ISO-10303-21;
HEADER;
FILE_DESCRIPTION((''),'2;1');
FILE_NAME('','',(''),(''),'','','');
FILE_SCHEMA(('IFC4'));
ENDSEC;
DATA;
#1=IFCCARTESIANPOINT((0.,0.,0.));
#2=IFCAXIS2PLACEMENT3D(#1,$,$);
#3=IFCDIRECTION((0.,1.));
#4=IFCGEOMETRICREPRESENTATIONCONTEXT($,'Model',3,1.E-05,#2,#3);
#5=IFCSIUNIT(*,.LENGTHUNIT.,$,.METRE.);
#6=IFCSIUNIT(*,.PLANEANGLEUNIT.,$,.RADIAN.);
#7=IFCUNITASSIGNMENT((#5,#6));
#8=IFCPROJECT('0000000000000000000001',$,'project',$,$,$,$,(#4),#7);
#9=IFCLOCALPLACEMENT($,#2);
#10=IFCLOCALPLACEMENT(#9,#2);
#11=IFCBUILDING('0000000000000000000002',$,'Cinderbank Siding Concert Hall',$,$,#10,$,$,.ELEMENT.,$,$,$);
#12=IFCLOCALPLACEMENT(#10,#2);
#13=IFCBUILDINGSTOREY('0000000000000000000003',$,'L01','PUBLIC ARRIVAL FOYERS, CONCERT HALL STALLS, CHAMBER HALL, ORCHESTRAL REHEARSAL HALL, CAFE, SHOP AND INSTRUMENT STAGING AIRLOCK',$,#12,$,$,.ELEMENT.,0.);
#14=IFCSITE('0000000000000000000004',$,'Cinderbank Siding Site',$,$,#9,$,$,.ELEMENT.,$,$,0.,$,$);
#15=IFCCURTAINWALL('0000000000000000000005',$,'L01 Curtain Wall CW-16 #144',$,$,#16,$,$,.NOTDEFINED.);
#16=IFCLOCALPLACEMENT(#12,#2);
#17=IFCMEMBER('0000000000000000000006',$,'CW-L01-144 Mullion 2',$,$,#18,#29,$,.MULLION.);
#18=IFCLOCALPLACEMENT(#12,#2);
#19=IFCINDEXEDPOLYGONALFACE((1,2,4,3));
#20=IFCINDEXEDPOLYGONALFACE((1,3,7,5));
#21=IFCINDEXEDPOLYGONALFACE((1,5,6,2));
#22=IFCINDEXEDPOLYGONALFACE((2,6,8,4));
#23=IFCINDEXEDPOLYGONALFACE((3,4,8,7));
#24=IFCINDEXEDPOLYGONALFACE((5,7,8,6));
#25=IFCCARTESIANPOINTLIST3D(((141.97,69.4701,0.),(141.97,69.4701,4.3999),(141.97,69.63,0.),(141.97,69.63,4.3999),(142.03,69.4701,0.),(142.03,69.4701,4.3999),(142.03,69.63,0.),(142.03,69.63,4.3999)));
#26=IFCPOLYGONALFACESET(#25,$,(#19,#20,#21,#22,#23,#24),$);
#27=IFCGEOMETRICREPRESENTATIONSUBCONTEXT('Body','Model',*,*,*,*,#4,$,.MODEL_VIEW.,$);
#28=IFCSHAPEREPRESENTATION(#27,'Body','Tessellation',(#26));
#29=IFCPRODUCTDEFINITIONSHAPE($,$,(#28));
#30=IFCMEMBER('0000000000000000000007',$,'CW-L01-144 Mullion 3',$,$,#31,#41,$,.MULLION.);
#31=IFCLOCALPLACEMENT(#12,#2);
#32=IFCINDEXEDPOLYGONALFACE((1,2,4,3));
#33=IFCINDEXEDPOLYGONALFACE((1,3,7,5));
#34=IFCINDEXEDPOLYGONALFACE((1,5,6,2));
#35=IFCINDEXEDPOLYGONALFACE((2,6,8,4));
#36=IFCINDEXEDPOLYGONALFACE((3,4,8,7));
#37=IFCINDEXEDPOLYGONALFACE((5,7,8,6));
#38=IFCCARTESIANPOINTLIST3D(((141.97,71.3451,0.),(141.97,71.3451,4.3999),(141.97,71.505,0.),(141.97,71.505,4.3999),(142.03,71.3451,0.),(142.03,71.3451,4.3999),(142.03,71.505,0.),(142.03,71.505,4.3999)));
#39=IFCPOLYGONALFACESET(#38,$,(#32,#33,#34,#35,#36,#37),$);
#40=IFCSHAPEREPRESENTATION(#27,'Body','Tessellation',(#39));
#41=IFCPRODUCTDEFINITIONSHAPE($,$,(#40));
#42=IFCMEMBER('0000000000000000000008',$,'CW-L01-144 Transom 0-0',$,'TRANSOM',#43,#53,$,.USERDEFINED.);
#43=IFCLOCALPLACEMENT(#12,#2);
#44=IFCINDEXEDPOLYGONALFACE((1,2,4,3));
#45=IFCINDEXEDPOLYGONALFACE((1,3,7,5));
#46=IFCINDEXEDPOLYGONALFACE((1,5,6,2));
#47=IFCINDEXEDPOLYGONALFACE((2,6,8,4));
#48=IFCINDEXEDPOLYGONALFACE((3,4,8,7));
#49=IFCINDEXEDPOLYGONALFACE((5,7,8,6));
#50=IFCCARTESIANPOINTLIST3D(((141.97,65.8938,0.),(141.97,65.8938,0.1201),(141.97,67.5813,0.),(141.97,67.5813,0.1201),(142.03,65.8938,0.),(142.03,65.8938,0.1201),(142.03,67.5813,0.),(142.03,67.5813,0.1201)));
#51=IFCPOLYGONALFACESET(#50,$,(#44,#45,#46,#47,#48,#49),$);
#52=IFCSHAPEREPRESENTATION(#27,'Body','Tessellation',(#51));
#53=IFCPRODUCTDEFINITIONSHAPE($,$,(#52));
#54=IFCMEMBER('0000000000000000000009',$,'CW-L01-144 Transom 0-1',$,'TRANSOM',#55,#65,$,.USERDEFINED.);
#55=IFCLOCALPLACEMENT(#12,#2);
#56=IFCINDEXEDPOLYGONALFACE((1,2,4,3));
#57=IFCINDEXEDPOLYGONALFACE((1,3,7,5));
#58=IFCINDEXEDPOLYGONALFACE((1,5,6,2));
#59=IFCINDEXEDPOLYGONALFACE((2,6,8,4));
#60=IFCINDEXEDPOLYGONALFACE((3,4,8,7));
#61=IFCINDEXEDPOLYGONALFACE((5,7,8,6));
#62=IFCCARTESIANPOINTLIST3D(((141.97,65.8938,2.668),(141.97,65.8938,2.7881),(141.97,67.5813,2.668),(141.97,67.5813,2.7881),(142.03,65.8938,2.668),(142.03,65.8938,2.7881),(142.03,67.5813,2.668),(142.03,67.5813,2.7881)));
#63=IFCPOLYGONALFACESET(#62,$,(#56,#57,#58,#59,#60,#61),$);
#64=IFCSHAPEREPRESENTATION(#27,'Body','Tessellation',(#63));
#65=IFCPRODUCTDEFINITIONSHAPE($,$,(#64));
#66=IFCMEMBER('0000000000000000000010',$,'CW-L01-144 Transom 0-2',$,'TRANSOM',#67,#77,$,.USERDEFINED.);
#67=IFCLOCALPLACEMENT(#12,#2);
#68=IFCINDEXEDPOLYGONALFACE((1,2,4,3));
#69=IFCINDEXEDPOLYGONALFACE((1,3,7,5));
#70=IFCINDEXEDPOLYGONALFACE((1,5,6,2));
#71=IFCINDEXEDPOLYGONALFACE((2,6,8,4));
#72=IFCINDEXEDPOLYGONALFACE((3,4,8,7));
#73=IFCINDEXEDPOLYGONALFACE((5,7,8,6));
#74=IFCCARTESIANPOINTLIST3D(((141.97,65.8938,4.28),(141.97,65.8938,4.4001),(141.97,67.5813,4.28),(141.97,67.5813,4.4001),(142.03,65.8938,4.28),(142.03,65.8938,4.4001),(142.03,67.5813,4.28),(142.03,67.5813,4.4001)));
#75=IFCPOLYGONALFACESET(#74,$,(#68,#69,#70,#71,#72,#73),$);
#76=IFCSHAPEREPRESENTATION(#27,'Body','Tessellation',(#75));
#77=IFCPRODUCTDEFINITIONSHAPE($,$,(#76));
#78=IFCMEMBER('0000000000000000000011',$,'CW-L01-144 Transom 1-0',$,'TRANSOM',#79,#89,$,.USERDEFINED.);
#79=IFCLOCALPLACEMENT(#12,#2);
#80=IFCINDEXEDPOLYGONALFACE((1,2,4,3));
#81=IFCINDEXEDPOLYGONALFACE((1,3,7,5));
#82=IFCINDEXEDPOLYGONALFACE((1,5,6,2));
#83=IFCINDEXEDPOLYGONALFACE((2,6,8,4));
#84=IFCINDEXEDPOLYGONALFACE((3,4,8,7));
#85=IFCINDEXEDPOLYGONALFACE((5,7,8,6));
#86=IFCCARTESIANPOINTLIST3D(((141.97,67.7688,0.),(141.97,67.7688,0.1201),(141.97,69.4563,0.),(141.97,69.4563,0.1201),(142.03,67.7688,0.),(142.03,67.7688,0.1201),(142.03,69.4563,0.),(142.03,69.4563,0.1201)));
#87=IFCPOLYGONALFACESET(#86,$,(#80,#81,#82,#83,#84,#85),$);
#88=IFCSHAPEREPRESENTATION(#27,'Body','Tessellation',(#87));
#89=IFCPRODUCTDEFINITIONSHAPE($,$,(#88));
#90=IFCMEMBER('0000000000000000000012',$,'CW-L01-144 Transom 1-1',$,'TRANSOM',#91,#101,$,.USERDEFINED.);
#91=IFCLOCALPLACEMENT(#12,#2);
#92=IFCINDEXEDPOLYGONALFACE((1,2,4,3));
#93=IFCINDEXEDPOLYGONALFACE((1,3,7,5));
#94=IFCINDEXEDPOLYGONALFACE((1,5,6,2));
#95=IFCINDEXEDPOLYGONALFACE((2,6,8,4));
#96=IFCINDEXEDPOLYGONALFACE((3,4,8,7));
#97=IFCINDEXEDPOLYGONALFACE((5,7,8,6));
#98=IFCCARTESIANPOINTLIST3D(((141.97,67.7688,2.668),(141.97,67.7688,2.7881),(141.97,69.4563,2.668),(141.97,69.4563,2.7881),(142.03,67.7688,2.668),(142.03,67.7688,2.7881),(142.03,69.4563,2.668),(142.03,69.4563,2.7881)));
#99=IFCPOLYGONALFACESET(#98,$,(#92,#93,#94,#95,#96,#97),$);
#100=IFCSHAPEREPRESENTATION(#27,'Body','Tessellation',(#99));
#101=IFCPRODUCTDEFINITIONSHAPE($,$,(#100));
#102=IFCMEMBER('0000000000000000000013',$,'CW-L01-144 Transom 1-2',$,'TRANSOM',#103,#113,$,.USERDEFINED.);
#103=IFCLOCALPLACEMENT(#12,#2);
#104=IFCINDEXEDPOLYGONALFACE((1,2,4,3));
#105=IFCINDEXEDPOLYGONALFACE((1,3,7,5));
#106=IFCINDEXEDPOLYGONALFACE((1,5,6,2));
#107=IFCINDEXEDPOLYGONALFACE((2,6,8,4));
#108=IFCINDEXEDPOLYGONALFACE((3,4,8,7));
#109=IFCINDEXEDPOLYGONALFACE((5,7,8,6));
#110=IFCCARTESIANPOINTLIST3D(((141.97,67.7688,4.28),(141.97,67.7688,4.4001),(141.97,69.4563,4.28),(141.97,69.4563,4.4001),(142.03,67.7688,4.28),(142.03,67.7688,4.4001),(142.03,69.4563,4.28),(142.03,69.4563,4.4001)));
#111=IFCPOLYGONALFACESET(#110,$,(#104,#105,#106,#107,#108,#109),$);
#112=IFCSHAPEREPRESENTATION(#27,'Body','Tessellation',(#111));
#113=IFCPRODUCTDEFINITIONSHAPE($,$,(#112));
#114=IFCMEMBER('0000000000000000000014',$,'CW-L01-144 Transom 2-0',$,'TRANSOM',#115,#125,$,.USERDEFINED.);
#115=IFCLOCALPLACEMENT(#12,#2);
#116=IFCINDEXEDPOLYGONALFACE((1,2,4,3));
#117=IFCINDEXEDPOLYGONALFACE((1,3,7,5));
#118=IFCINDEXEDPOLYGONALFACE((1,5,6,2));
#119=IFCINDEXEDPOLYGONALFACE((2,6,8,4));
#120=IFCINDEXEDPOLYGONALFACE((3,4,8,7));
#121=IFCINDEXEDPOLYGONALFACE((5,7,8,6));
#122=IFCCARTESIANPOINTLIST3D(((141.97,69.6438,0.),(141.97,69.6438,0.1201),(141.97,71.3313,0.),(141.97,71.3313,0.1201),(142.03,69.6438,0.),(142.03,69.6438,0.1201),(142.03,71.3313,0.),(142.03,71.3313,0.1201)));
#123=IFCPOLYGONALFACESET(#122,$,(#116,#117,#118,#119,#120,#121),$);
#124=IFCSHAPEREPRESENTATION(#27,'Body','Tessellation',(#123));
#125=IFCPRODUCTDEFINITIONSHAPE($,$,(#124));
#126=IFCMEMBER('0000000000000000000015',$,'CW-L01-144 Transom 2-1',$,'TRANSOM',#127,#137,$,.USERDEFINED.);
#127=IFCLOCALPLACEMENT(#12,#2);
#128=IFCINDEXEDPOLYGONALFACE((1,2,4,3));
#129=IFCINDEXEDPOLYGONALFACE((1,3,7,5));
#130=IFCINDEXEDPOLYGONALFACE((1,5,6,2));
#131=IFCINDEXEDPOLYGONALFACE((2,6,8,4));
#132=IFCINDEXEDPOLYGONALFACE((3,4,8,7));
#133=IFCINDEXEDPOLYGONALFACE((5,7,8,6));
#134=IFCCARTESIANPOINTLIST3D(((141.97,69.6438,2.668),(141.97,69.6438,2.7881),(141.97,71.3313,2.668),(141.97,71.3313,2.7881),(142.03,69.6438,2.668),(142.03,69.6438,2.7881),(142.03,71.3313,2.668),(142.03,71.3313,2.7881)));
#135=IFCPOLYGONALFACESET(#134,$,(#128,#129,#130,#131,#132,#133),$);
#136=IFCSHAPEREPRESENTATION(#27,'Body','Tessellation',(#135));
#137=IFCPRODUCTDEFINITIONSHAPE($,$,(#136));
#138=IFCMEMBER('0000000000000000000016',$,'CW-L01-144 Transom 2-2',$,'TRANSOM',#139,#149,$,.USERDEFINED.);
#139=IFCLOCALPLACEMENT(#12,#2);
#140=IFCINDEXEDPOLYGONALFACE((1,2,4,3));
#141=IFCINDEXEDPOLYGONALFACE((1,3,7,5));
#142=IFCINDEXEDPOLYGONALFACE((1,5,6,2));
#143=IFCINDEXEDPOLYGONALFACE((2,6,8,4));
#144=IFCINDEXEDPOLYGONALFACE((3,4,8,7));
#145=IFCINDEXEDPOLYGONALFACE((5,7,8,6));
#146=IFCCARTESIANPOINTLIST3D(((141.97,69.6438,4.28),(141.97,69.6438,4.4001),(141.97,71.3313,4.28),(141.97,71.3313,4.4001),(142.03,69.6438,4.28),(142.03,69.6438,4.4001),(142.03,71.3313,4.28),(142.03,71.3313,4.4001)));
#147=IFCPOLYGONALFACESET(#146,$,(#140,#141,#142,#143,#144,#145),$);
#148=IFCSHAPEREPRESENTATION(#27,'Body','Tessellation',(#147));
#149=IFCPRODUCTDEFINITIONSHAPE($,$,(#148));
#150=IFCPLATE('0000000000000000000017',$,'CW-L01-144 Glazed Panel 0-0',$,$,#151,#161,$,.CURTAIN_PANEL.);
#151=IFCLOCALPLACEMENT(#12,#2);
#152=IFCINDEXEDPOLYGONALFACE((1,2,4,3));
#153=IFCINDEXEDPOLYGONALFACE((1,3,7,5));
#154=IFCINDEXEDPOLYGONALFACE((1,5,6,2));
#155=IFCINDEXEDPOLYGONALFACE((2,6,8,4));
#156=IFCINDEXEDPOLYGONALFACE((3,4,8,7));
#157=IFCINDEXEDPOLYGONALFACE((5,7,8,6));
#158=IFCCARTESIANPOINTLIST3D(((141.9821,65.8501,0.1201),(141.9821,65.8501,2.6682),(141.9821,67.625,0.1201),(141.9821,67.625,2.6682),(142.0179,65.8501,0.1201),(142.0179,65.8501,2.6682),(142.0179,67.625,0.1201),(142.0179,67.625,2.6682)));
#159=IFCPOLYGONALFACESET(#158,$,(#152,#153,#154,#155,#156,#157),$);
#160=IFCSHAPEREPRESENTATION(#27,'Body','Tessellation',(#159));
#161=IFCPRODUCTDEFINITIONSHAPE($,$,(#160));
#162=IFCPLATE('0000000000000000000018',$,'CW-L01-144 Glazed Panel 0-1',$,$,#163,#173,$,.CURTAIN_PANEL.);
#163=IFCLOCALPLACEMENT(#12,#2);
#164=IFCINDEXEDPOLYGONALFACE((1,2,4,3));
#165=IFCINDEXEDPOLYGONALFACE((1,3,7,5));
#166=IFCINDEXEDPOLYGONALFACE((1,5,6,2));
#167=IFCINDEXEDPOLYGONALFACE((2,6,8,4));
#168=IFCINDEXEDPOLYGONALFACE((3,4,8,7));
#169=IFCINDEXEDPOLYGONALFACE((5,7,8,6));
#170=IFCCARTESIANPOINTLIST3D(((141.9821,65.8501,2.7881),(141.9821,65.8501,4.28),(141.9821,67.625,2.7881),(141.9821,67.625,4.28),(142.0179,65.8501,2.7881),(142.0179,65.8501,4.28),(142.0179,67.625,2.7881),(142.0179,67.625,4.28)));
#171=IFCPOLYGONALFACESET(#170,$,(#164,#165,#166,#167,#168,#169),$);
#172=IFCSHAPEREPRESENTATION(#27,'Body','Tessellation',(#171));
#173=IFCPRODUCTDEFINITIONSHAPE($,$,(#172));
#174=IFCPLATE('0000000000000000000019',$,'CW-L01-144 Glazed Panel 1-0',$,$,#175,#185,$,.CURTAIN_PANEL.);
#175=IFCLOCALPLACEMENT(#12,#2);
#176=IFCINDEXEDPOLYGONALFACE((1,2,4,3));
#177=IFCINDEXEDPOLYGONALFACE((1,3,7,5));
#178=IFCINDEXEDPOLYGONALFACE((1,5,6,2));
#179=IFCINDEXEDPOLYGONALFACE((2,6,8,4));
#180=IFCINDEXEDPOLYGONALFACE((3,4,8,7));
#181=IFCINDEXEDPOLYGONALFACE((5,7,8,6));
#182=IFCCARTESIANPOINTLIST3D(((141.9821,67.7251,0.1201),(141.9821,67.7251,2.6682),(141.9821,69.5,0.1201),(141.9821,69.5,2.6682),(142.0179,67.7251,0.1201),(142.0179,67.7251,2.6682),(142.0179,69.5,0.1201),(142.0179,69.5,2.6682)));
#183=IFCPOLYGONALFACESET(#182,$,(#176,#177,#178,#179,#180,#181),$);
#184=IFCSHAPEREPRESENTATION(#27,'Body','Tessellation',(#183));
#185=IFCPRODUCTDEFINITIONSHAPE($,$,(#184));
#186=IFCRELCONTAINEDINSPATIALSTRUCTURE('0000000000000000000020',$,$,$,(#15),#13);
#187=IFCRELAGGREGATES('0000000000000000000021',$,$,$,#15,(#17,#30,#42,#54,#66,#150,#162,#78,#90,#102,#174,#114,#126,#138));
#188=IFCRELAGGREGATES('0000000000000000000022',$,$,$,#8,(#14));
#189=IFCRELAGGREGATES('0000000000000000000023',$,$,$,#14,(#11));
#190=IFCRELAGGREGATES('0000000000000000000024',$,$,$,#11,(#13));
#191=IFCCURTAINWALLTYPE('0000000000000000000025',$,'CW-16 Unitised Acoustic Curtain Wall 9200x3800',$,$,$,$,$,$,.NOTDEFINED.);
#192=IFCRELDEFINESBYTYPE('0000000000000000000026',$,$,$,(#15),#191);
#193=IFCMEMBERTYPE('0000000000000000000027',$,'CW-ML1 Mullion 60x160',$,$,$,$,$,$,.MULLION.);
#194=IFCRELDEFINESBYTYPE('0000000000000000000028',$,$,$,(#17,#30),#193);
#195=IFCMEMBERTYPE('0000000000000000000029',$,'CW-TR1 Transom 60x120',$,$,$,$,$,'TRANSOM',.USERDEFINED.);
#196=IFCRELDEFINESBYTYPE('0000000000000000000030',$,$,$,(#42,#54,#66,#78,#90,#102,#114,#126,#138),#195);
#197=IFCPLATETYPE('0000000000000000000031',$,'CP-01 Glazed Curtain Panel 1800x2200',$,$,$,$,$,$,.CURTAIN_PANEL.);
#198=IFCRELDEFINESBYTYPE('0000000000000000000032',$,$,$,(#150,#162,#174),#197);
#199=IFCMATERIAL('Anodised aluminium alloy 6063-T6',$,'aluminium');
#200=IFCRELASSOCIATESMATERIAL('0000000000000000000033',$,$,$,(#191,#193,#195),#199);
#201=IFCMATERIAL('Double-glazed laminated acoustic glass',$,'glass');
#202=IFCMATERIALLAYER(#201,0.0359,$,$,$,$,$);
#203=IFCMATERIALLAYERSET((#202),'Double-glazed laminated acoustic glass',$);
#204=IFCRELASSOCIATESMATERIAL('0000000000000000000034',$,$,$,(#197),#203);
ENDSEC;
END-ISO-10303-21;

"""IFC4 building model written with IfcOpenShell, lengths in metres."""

from ifc_helpers import new_model, si_unit, direction, frame, origin, origin_2d, place, context, subcontext, project, spatial, rectangle, extrude, material, layer, layer_set, material_profile, profile_set, type_object, element, aggregate, save


model = new_model("IFC4")

# Units and contexts
model_context = context("Model", 3, precision=1e-05, world=origin(), true_north=direction((0.0, 1.0)))
body_context = subcontext(model_context, "Body", "Model", "MODEL_VIEW")
ifc_project = project(units=[si_unit("LENGTHUNIT", "METRE"), si_unit("PLANEANGLEUNIT", "RADIAN")], contexts=[model_context])

# Site, building, storey
site_placement = place(None, origin())
site = spatial("IfcSite", under=ifc_project, at=site_placement, Name="Cinderbank Siding Site", CompositionType="ELEMENT", RefElevation=0.0)
building_placement = place(site_placement, origin())
building = spatial("IfcBuilding", under=site, at=building_placement, Name="Cinderbank Siding Concert Hall", CompositionType="ELEMENT")
storey_placement = place(building_placement, origin())
storey = spatial("IfcBuildingStorey", under=building, at=storey_placement, Name="L01", Description="PUBLIC ARRIVAL FOYERS, CONCERT HALL STALLS, CHAMBER HALL, ORCHESTRAL REHEARSAL HALL, CAFE, SHOP AND INSTRUMENT STAGING AIRLOCK", CompositionType="ELEMENT", Elevation=0.0)

# Curtain wall, members, plates
ifc_material_1 = material(Name="Anodised aluminium alloy 6063-T6", Category="aluminium")
curtain_wall_type = type_object("IfcCurtainWallType", Name="CW-16 Unitised Acoustic Curtain Wall 9200x3800", PredefinedType="NOTDEFINED", material=ifc_material_1)
curtain_wall_placement = place(storey_placement, origin())
curtain_wall = element("IfcCurtainWall", 1, at=curtain_wall_placement, inside=storey, type_object=curtain_wall_type, Name="L01 Curtain Wall CW-16 #144", PredefinedType="NOTDEFINED")
ifc_material_profile_1 = material_profile(ifc_material_1, rectangle(XDim=0.0601, YDim=0.1599, at=origin_2d()), Name="ALU-MULL-60x160", Category="LoadBearing")
ifc_profile_set_1 = profile_set([ifc_material_profile_1], Name="Anodised aluminium alloy 6063-T6")
member_type_1 = type_object("IfcMemberType", Name="CW-ML1 Mullion 60x160", PredefinedType="MULLION", material=ifc_profile_set_1)
member_1_placement = place(storey_placement, frame((142.0, 69.55, 0.0), z_axis=(0.0, 0.0, 1.0), x_axis=(1.0, 0.0, 0.0)))
member_1 = element("IfcMember", 2, at=member_1_placement, type_object=member_type_1, Name="CW-L01-144 Mullion 2", PredefinedType="MULLION", context=body_context, shape_type="SweptSolid", body=[
    extrude(rectangle(XDim=0.0601, YDim=0.1599, at=origin_2d()), origin(), (0.0, 0.0, 1.0), 4.3999),
])
member_2_placement = place(storey_placement, frame((142.0, 71.425, 0.0), z_axis=(0.0, 0.0, 1.0), x_axis=(1.0, 0.0, 0.0)))
member_2 = element("IfcMember", 3, at=member_2_placement, type_object=member_type_1, Name="CW-L01-144 Mullion 3", PredefinedType="MULLION", context=body_context, shape_type="SweptSolid", body=[
    extrude(rectangle(XDim=0.0601, YDim=0.1599, at=origin_2d()), origin(), (0.0, 0.0, 1.0), 4.3999),
])
ifc_material_profile_2 = material_profile(ifc_material_1, rectangle(XDim=0.0601, YDim=0.1201, at=origin_2d()), Name="ALU-TRAN-60x120", Category="LoadBearing")
ifc_profile_set_2 = profile_set([ifc_material_profile_2], Name="Anodised aluminium alloy 6063-T6")
member_type_2 = type_object("IfcMemberType", Name="CW-TR1 Transom 60x120", ElementType="TRANSOM", PredefinedType="USERDEFINED", material=ifc_profile_set_2)
member_3_placement = place(storey_placement, frame((142.0, 65.8938, 0.0601), z_axis=(0.0, 1.0, 0.0), x_axis=(-1.0, 0.0, 0.0)))
member_3 = element("IfcMember", 4, at=member_3_placement, type_object=member_type_2, Name="CW-L01-144 Transom 0-0", ObjectType="TRANSOM", PredefinedType="USERDEFINED", context=body_context, shape_type="SweptSolid", body=[
    extrude(rectangle(XDim=0.0601, YDim=0.1201, at=origin_2d()), origin(), (0.0, 0.0, 1.0), 1.6875),
])
member_4_placement = place(storey_placement, frame((142.0, 65.8938, 2.728), z_axis=(0.0, 1.0, 0.0), x_axis=(-1.0, 0.0, 0.0)))
member_4 = element("IfcMember", 5, at=member_4_placement, type_object=member_type_2, Name="CW-L01-144 Transom 0-1", ObjectType="TRANSOM", PredefinedType="USERDEFINED", context=body_context, shape_type="SweptSolid", body=[
    extrude(rectangle(XDim=0.0601, YDim=0.1201, at=origin_2d()), origin(), (0.0, 0.0, 1.0), 1.6875),
])
member_5_placement = place(storey_placement, frame((142.0, 65.8938, 4.3401), z_axis=(0.0, 1.0, 0.0), x_axis=(-1.0, 0.0, 0.0)))
member_5 = element("IfcMember", 6, at=member_5_placement, type_object=member_type_2, Name="CW-L01-144 Transom 0-2", ObjectType="TRANSOM", PredefinedType="USERDEFINED", context=body_context, shape_type="SweptSolid", body=[
    extrude(rectangle(XDim=0.0601, YDim=0.1201, at=origin_2d()), origin(), (0.0, 0.0, 1.0), 1.6875),
])
member_6_placement = place(storey_placement, frame((142.0, 67.7688, 0.0601), z_axis=(0.0, 1.0, 0.0), x_axis=(-1.0, 0.0, 0.0)))
member_6 = element("IfcMember", 7, at=member_6_placement, type_object=member_type_2, Name="CW-L01-144 Transom 1-0", ObjectType="TRANSOM", PredefinedType="USERDEFINED", context=body_context, shape_type="SweptSolid", body=[
    extrude(rectangle(XDim=0.0601, YDim=0.1201, at=origin_2d()), origin(), (0.0, 0.0, 1.0), 1.6875),
])
member_7_placement = place(storey_placement, frame((142.0, 67.7688, 2.728), z_axis=(0.0, 1.0, 0.0), x_axis=(-1.0, 0.0, 0.0)))
member_7 = element("IfcMember", 8, at=member_7_placement, type_object=member_type_2, Name="CW-L01-144 Transom 1-1", ObjectType="TRANSOM", PredefinedType="USERDEFINED", context=body_context, shape_type="SweptSolid", body=[
    extrude(rectangle(XDim=0.0601, YDim=0.1201, at=origin_2d()), origin(), (0.0, 0.0, 1.0), 1.6875),
])
member_8_placement = place(storey_placement, frame((142.0, 67.7688, 4.3401), z_axis=(0.0, 1.0, 0.0), x_axis=(-1.0, 0.0, 0.0)))
member_8 = element("IfcMember", 9, at=member_8_placement, type_object=member_type_2, Name="CW-L01-144 Transom 1-2", ObjectType="TRANSOM", PredefinedType="USERDEFINED", context=body_context, shape_type="SweptSolid", body=[
    extrude(rectangle(XDim=0.0601, YDim=0.1201, at=origin_2d()), origin(), (0.0, 0.0, 1.0), 1.6875),
])
member_9_placement = place(storey_placement, frame((142.0, 69.6438, 0.0601), z_axis=(0.0, 1.0, 0.0), x_axis=(-1.0, 0.0, 0.0)))
member_9 = element("IfcMember", 10, at=member_9_placement, type_object=member_type_2, Name="CW-L01-144 Transom 2-0", ObjectType="TRANSOM", PredefinedType="USERDEFINED", context=body_context, shape_type="SweptSolid", body=[
    extrude(rectangle(XDim=0.0601, YDim=0.1201, at=origin_2d()), origin(), (0.0, 0.0, 1.0), 1.6875),
])
member_10_placement = place(storey_placement, frame((142.0, 69.6438, 2.728), z_axis=(0.0, 1.0, 0.0), x_axis=(-1.0, 0.0, 0.0)))
member_10 = element("IfcMember", 11, at=member_10_placement, type_object=member_type_2, Name="CW-L01-144 Transom 2-1", ObjectType="TRANSOM", PredefinedType="USERDEFINED", context=body_context, shape_type="SweptSolid", body=[
    extrude(rectangle(XDim=0.0601, YDim=0.1201, at=origin_2d()), origin(), (0.0, 0.0, 1.0), 1.6875),
])
member_11_placement = place(storey_placement, frame((142.0, 69.6438, 4.3401), z_axis=(0.0, 1.0, 0.0), x_axis=(-1.0, 0.0, 0.0)))
member_11 = element("IfcMember", 12, at=member_11_placement, type_object=member_type_2, Name="CW-L01-144 Transom 2-2", ObjectType="TRANSOM", PredefinedType="USERDEFINED", context=body_context, shape_type="SweptSolid", body=[
    extrude(rectangle(XDim=0.0601, YDim=0.1201, at=origin_2d()), origin(), (0.0, 0.0, 1.0), 1.6875),
])
ifc_material_2 = material(Name="Double-glazed laminated acoustic glass", Category="glass")
ifc_layer_1 = layer(ifc_material_2, 0.0359)
ifc_layer_set_1 = layer_set([ifc_layer_1], Name="Double-glazed laminated acoustic glass")
plate_type = type_object("IfcPlateType", Name="CP-01 Glazed Curtain Panel 1800x2200", PredefinedType="CURTAIN_PANEL", material=ifc_layer_set_1)
plate_1_placement = place(storey_placement, frame((142.0, 66.7375, 0.1201), z_axis=(0.0, 0.0, 1.0), x_axis=(0.0, 1.0, 0.0)))
plate_1 = element("IfcPlate", 13, at=plate_1_placement, type_object=plate_type, Name="CW-L01-144 Glazed Panel 0-0", PredefinedType="CURTAIN_PANEL", context=body_context, shape_type="SweptSolid", body=[
    extrude(rectangle(XDim=1.7749, YDim=0.0359, at=origin_2d()), origin(), (0.0, 0.0, 1.0), 2.5481),
])
plate_2_placement = place(storey_placement, frame((142.0, 66.7375, 2.7881), z_axis=(0.0, 0.0, 1.0), x_axis=(0.0, 1.0, 0.0)))
plate_2 = element("IfcPlate", 14, at=plate_2_placement, type_object=plate_type, Name="CW-L01-144 Glazed Panel 0-1", PredefinedType="CURTAIN_PANEL", context=body_context, shape_type="SweptSolid", body=[
    extrude(rectangle(XDim=1.7749, YDim=0.0359, at=origin_2d()), origin(), (0.0, 0.0, 1.0), 1.4919),
])
plate_3_placement = place(storey_placement, frame((142.0, 68.6125, 0.1201), z_axis=(0.0, 0.0, 1.0), x_axis=(0.0, 1.0, 0.0)))
plate_3 = element("IfcPlate", 15, at=plate_3_placement, type_object=plate_type, Name="CW-L01-144 Glazed Panel 1-0", PredefinedType="CURTAIN_PANEL", context=body_context, shape_type="SweptSolid", body=[
    extrude(rectangle(XDim=1.7749, YDim=0.0359, at=origin_2d()), origin(), (0.0, 0.0, 1.0), 2.5481),
])
aggregate(curtain_wall, [member_1, member_2, member_3, member_4, member_5, plate_1, plate_2, member_6, member_7, member_8, plate_3, member_9, member_10, member_11])

save(model, "model.ifc")
